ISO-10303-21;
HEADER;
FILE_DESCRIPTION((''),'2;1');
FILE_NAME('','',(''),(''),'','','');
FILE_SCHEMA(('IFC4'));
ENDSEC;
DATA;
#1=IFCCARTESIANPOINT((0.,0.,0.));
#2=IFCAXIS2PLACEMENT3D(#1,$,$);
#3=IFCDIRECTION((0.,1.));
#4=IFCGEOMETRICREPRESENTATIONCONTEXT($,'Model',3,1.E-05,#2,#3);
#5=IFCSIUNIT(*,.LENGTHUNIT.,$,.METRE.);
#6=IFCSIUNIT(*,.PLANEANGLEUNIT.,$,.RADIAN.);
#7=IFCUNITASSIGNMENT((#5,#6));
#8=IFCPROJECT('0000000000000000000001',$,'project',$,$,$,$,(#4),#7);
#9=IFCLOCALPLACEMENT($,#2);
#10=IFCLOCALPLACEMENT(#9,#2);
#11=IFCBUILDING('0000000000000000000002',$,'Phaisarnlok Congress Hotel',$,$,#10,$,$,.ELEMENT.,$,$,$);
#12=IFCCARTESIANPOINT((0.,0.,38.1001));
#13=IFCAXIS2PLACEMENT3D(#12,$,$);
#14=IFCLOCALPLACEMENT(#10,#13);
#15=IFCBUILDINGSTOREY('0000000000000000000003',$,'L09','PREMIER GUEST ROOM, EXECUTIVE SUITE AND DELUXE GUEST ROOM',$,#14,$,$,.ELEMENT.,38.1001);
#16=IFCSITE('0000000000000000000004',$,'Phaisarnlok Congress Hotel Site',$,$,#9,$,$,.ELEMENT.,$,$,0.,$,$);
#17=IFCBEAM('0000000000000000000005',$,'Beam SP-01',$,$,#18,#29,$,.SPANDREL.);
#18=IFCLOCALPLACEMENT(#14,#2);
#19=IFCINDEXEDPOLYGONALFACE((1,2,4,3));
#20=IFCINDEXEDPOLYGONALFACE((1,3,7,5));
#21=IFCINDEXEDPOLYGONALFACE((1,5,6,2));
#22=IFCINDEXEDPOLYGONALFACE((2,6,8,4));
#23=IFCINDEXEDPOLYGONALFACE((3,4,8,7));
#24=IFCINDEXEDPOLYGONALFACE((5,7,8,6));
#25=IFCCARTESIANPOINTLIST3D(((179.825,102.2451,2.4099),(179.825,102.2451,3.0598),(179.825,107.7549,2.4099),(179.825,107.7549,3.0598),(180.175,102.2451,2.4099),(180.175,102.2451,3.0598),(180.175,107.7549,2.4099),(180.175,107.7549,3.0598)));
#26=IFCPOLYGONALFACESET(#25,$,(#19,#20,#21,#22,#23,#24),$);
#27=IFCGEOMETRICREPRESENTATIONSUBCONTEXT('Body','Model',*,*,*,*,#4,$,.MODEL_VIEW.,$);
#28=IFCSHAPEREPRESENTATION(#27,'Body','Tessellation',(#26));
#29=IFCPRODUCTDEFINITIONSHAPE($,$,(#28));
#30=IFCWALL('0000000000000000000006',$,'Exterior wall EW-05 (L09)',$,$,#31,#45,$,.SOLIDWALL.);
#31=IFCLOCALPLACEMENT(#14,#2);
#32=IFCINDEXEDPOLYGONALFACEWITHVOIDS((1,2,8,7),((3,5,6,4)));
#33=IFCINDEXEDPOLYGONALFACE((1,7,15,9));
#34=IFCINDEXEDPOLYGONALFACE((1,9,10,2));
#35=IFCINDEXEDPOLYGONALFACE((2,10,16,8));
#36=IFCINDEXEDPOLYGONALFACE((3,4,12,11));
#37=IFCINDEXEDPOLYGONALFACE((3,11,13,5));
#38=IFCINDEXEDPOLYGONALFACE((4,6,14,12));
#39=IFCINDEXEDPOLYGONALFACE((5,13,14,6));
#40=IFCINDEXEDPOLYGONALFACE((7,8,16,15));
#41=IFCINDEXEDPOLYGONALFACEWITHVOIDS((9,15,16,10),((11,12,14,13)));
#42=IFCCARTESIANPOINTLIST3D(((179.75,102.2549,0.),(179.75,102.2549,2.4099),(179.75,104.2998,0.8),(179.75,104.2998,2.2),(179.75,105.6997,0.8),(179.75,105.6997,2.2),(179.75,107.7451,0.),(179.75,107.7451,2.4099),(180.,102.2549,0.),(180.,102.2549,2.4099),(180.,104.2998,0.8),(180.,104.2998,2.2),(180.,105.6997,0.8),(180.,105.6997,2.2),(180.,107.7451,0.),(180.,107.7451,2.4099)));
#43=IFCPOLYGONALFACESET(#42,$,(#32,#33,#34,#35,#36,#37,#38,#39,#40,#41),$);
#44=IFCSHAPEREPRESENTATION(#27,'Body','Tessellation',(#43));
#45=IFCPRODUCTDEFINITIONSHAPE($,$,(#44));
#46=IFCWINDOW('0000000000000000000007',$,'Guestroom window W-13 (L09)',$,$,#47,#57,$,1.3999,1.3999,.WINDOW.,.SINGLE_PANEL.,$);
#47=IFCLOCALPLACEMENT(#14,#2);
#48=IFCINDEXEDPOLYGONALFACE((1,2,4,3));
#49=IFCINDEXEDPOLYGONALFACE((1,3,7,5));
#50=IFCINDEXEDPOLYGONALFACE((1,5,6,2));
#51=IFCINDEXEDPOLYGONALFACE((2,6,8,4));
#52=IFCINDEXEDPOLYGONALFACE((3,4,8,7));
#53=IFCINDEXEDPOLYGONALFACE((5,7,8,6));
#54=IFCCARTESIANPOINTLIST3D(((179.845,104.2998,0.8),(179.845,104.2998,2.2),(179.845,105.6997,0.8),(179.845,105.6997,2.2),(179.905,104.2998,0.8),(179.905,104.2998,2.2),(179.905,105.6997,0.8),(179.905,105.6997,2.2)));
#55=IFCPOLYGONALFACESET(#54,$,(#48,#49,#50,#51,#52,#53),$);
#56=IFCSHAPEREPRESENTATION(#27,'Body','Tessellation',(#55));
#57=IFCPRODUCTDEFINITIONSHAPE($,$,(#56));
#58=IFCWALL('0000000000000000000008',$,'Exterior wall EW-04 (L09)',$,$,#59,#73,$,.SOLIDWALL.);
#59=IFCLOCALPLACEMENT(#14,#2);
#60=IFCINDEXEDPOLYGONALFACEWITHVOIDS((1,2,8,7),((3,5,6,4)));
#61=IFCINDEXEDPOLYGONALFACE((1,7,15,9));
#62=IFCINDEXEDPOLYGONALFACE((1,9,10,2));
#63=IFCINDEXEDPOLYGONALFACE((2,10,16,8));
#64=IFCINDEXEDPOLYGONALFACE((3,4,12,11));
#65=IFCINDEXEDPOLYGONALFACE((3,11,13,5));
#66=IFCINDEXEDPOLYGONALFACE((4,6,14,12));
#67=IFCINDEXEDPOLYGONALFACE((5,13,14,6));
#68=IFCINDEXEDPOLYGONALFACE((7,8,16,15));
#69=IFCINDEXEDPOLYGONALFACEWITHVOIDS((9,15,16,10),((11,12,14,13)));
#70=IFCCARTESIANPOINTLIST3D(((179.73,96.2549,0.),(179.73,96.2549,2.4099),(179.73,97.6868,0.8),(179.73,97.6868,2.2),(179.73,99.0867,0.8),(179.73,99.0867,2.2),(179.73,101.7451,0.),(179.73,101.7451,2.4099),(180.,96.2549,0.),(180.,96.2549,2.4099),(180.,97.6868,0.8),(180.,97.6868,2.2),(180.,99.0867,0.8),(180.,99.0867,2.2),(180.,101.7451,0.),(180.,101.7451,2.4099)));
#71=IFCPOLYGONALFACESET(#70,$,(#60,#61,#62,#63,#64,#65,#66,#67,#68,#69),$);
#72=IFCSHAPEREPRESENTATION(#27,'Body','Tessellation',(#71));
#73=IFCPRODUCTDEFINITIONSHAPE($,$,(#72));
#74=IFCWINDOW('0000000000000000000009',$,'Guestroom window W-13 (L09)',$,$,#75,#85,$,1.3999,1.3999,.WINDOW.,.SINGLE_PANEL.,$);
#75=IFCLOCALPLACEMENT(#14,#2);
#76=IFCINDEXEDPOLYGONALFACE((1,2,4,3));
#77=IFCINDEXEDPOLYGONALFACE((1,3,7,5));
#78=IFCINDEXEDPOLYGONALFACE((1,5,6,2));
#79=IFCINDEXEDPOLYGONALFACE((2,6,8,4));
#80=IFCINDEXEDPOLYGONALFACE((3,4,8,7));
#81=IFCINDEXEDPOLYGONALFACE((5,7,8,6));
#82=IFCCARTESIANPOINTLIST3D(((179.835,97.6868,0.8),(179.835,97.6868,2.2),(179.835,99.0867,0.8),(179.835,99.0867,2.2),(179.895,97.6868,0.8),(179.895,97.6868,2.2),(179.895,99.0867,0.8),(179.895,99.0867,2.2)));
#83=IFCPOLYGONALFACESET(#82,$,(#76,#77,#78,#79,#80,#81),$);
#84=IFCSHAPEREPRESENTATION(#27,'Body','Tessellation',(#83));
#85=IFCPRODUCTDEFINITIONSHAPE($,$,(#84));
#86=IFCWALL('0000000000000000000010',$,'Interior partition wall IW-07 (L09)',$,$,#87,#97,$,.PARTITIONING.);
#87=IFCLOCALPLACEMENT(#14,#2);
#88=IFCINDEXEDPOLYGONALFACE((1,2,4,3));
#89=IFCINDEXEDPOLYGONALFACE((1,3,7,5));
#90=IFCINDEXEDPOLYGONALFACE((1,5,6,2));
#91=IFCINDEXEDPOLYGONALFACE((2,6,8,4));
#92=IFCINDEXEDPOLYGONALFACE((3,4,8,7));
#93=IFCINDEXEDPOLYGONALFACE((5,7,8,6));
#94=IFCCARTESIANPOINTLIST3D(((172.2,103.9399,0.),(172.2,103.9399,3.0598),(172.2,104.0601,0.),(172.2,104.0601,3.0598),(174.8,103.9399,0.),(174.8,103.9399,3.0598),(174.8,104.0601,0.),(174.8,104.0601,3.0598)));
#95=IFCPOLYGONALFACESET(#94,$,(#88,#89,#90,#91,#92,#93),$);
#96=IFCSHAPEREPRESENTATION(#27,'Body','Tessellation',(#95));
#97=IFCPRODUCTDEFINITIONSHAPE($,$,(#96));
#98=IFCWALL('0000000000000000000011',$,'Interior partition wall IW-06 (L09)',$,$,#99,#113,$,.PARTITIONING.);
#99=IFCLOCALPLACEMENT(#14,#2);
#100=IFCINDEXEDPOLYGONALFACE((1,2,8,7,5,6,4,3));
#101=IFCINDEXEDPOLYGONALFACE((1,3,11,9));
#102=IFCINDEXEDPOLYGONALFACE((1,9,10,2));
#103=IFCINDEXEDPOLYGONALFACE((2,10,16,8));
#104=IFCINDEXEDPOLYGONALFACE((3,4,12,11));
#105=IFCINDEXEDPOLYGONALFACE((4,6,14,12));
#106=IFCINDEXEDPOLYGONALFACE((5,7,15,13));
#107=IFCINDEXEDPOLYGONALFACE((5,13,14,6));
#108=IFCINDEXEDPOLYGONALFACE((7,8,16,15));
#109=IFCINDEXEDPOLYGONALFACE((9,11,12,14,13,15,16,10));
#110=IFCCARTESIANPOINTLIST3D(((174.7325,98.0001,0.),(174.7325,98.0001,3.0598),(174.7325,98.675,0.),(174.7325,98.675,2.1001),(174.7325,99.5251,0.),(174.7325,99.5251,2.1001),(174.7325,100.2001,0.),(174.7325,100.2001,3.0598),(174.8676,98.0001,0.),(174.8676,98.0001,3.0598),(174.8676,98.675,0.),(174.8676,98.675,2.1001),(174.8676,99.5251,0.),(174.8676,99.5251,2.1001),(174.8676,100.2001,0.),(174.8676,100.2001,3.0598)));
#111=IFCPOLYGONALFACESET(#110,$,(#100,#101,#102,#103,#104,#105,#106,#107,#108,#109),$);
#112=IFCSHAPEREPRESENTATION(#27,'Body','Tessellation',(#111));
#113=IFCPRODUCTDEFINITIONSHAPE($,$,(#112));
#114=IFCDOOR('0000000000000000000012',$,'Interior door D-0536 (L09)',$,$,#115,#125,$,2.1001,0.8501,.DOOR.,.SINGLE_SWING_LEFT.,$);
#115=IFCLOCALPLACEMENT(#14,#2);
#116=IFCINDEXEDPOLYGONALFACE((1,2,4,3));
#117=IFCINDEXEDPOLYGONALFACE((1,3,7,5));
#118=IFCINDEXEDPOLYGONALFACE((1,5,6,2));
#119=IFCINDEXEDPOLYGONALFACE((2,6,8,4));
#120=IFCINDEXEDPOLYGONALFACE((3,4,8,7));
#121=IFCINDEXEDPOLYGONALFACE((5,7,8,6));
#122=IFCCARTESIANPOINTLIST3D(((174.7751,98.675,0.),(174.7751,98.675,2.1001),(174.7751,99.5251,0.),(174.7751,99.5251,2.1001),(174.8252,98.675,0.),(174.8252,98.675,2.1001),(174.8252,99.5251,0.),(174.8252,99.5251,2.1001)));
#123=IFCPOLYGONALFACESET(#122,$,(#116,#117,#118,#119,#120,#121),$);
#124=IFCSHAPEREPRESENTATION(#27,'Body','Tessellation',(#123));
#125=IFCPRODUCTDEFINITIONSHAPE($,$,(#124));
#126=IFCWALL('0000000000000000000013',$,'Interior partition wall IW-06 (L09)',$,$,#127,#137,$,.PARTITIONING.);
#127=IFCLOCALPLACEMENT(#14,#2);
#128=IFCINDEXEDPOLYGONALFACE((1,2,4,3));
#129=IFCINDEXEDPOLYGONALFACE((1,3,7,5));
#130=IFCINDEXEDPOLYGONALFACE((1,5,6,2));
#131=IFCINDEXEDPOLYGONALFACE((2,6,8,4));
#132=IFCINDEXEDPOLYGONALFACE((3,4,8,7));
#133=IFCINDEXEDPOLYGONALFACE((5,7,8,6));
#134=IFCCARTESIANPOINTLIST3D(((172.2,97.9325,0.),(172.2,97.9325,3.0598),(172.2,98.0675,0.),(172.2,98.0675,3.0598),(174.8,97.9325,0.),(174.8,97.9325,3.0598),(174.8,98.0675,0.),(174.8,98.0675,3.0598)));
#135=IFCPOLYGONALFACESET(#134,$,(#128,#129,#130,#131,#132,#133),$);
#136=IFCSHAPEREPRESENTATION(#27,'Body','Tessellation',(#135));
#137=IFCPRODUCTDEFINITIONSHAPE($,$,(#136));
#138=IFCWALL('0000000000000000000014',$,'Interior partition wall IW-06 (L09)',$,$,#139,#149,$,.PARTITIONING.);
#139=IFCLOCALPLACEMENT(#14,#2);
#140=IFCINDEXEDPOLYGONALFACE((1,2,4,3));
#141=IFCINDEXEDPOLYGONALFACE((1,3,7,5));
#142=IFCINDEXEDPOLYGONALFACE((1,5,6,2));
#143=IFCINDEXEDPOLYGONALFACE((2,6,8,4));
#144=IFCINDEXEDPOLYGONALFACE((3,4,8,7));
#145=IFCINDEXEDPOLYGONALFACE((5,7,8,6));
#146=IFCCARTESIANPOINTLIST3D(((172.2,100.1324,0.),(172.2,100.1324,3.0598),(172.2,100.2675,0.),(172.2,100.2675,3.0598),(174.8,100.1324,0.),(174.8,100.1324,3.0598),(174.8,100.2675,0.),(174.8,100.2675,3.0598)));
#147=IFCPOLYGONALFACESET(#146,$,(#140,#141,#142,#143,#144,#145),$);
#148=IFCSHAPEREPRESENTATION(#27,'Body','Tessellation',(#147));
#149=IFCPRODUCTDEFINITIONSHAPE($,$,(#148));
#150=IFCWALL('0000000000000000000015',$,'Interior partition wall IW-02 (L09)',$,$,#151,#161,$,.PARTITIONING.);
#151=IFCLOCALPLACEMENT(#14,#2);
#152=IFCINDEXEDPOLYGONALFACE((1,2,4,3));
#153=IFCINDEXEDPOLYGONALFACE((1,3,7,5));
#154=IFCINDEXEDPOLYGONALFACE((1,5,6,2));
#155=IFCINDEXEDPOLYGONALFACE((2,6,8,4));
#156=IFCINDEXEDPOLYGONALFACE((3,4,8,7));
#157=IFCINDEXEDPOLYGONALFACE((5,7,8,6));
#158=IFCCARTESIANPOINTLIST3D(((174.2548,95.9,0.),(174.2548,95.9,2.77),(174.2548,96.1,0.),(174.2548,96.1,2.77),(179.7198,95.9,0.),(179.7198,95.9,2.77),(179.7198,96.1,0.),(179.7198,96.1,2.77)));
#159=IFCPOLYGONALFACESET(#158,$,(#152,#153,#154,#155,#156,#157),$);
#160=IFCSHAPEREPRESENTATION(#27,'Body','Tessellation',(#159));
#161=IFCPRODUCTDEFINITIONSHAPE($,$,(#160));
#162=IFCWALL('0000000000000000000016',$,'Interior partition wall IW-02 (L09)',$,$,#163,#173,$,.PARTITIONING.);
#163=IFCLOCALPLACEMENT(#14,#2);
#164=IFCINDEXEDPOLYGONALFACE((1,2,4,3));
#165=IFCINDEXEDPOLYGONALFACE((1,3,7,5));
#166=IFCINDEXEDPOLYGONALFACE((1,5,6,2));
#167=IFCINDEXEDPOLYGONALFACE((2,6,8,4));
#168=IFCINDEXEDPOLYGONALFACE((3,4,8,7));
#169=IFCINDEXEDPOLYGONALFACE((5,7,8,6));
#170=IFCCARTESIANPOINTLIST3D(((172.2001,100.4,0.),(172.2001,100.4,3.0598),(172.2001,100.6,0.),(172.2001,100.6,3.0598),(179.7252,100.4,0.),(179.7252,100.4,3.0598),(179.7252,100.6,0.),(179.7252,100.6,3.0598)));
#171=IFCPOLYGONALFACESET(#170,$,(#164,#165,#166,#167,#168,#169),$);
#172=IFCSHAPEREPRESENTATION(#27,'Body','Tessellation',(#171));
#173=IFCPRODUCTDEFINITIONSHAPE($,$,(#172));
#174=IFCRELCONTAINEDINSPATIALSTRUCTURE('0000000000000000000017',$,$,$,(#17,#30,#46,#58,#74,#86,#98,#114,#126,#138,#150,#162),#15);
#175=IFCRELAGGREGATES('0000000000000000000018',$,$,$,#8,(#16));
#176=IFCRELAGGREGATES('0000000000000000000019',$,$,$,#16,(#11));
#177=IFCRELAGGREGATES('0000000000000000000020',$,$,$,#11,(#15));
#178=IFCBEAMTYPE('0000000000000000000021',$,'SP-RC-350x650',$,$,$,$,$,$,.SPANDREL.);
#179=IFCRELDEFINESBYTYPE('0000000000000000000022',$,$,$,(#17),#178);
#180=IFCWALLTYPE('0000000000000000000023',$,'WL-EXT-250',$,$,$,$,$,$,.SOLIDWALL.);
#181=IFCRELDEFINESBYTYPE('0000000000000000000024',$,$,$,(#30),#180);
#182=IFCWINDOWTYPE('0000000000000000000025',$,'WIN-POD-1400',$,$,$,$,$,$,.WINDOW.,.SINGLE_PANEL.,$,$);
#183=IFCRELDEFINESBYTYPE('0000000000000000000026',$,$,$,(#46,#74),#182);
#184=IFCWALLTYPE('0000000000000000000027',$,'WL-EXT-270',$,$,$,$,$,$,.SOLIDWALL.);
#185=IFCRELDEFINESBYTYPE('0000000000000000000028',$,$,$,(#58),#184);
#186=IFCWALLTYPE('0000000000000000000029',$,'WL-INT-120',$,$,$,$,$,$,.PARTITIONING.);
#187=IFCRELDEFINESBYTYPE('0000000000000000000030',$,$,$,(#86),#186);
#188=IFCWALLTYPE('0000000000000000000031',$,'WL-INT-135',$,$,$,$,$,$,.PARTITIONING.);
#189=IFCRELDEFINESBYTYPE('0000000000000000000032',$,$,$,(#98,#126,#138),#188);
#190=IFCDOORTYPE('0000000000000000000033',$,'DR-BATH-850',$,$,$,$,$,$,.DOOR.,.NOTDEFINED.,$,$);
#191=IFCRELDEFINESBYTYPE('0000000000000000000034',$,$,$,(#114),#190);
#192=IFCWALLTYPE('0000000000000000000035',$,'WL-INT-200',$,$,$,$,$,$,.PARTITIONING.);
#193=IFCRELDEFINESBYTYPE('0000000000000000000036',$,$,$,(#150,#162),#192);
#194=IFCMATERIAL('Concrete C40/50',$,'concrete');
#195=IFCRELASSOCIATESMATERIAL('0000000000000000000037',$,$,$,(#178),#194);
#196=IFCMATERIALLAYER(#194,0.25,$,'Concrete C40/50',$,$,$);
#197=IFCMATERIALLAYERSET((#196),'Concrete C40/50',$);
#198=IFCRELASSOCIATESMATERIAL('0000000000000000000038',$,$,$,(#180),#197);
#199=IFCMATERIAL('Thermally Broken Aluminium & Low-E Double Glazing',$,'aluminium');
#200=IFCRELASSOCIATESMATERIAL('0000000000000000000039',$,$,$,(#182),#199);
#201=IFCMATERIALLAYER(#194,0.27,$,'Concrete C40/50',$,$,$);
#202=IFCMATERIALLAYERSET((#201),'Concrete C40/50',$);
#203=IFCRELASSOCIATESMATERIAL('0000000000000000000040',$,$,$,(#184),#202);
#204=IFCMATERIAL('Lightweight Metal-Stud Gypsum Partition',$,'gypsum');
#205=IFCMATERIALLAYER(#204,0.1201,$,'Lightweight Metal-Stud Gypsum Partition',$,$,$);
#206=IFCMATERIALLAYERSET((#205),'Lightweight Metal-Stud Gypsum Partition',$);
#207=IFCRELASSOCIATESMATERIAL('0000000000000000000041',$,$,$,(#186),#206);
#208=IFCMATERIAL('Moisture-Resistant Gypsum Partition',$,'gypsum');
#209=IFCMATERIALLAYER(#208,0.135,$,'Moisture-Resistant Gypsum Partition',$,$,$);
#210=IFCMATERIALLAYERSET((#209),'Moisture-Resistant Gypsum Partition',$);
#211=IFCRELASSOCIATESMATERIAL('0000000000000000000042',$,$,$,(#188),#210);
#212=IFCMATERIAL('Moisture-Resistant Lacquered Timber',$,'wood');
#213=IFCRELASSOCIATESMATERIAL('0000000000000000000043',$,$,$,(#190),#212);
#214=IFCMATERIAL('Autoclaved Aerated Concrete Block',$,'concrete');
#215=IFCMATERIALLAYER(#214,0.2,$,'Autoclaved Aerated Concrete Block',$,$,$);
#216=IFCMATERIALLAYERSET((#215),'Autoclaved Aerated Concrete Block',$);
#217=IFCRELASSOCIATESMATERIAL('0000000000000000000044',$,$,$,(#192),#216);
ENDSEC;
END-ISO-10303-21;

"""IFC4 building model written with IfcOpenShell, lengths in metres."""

from ifc_helpers import new_model, si_unit, direction, frame, frame_2d, origin, origin_2d, place, context, subcontext, project, spatial, rectangle, extrude, material, layer, layer_set, material_profile, profile_set, type_object, element, fill, save


model = new_model("IFC4")

# Units and contexts
model_context = context("Model", 3, precision=1e-05, world=origin(), true_north=direction((0.0, 1.0)))
body_context = subcontext(model_context, "Body", "Model", "MODEL_VIEW")
ifc_project = project(units=[si_unit("LENGTHUNIT", "METRE"), si_unit("PLANEANGLEUNIT", "RADIAN")], contexts=[model_context])

# Site, building, storey
site_placement = place(None, origin())
site = spatial("IfcSite", under=ifc_project, at=site_placement, Name="Phaisarnlok Congress Hotel Site", CompositionType="ELEMENT", RefElevation=0.0)
building_placement = place(site_placement, origin())
building = spatial("IfcBuilding", under=site, at=building_placement, Name="Phaisarnlok Congress Hotel", CompositionType="ELEMENT")
storey_placement = place(building_placement, frame((0.0, 0.0, 38.1001)))
storey = spatial("IfcBuildingStorey", under=building, at=storey_placement, Name="L09", Description="PREMIER GUEST ROOM, EXECUTIVE SUITE AND DELUXE GUEST ROOM", CompositionType="ELEMENT", Elevation=38.1001)

# Beam
ifc_material_1 = material(Name="Concrete C40/50", Category="concrete")
ifc_material_profile_1 = material_profile(ifc_material_1, rectangle(XDim=0.3501, YDim=0.6499, at=origin_2d()), Name="RC 350x650")
ifc_profile_set_1 = profile_set([ifc_material_profile_1], Name="Concrete C40/50")
beam_type_1 = type_object("IfcBeamType", Name="SP-RC-350x650", PredefinedType="SPANDREL", material=ifc_profile_set_1)
for number, where, z_axis, x_axis, name in (
    (1, (180.0, 102.2451, 2.7349), (0.0, 1.0, 0.0), (-1.0, 0.0, 0.0), "Beam SP-01"),
):
    element("IfcBeam", number, at=place(storey_placement, frame(where, z_axis=z_axis, x_axis=x_axis)), inside=storey, type_object=beam_type_1, Name=name, PredefinedType="SPANDREL", context=body_context, shape_type="SweptSolid", body=[
        extrude(rectangle(XDim=0.3501, YDim=0.6499, at=origin_2d()), origin(), (0.0, 0.0, 1.0), 5.5098),
    ])

# Walls, openings, windows
ifc_layer_1 = layer(ifc_material_1, 0.25, Name="Concrete C40/50")
ifc_layer_set_1 = layer_set([ifc_layer_1], Name="Concrete C40/50")
wall_type_1 = type_object("IfcWallType", Name="WL-EXT-250", PredefinedType="SOLIDWALL", material=ifc_layer_set_1)
wall_1_placement = place(storey_placement, frame((179.875, 102.2549, 0.0), z_axis=(0.0, 0.0, 1.0), x_axis=(0.0, 1.0, 0.0)))
wall_1 = element("IfcWall", 2, at=wall_1_placement, inside=storey, type_object=wall_type_1, Name="Exterior wall EW-05 (L09)", PredefinedType="SOLIDWALL", context=body_context, shape_type="SweptSolid", body=[
    extrude(rectangle(XDim=5.4902, YDim=0.25, at=frame_2d((2.7451, 0.0))), origin(), (0.0, 0.0, 1.0), 2.4099),
])
opening_1_placement = place(wall_1_placement, frame((2.0449, 0.0, 0.8)))
opening_1 = element("IfcOpeningElement", 3, at=opening_1_placement, cuts=wall_1, PredefinedType="OPENING", context=body_context, shape_type="SweptSolid", body=[
    extrude(rectangle(XDim=1.3999, YDim=1.3999, at=frame_2d((0.7, 0.7))), frame((0.0, 0.135, 0.0), z_axis=(0.0, -1.0, 0.0), x_axis=(1.0, 0.0, 0.0)), (0.0, 0.0, 1.0), 0.27),
])
ifc_material_2 = material(Name="Thermally Broken Aluminium & Low-E Double Glazing", Category="aluminium")
window_type = type_object("IfcWindowType", Name="WIN-POD-1400", PartitioningType="SINGLE_PANEL", PredefinedType="WINDOW", material=ifc_material_2)
window_1_placement = place(opening_1_placement, origin())
window_1 = element("IfcWindow", 4, at=window_1_placement, inside=storey, type_object=window_type, Name="Guestroom window W-13 (L09)", OverallHeight=1.3999, OverallWidth=1.3999, PartitioningType="SINGLE_PANEL", PredefinedType="WINDOW", context=body_context, shape_type="SweptSolid", body=[
    extrude(rectangle(XDim=1.3999, YDim=1.3999, at=frame_2d((0.7, 0.7))), frame((0.0, 0.03, 0.0), z_axis=(0.0, -1.0, 0.0), x_axis=(1.0, 0.0, 0.0)), (0.0, 0.0, 1.0), 0.0601),
])
fill(opening_1, window_1)
ifc_layer_2 = layer(ifc_material_1, 0.27, Name="Concrete C40/50")
ifc_layer_set_2 = layer_set([ifc_layer_2], Name="Concrete C40/50")
wall_type_2 = type_object("IfcWallType", Name="WL-EXT-270", PredefinedType="SOLIDWALL", material=ifc_layer_set_2)
wall_2_placement = place(storey_placement, frame((179.865, 96.2549, 0.0), z_axis=(0.0, 0.0, 1.0), x_axis=(0.0, 1.0, 0.0)))
wall_2 = element("IfcWall", 5, at=wall_2_placement, inside=storey, type_object=wall_type_2, Name="Exterior wall EW-04 (L09)", PredefinedType="SOLIDWALL", context=body_context, shape_type="SweptSolid", body=[
    extrude(rectangle(XDim=5.4902, YDim=0.27, at=frame_2d((2.7451, 0.0))), origin(), (0.0, 0.0, 1.0), 2.4099),
])
opening_2_placement = place(wall_2_placement, frame((1.4319, 0.0, 0.8)))
opening_2 = element("IfcOpeningElement", 6, at=opening_2_placement, cuts=wall_2, PredefinedType="OPENING", context=body_context, shape_type="SweptSolid", body=[
    extrude(rectangle(XDim=1.3999, YDim=1.3999, at=frame_2d((0.7, 0.7))), frame((0.0, 0.145, 0.0), z_axis=(0.0, -1.0, 0.0), x_axis=(1.0, 0.0, 0.0)), (0.0, 0.0, 1.0), 0.29),
])
window_2_placement = place(opening_2_placement, origin())
window_2 = element("IfcWindow", 7, at=window_2_placement, inside=storey, type_object=window_type, Name="Guestroom window W-13 (L09)", OverallHeight=1.3999, OverallWidth=1.3999, PartitioningType="SINGLE_PANEL", PredefinedType="WINDOW", context=body_context, shape_type="SweptSolid", body=[
    extrude(rectangle(XDim=1.3999, YDim=1.3999, at=frame_2d((0.7, 0.7))), frame((0.0, 0.03, 0.0), z_axis=(0.0, -1.0, 0.0), x_axis=(1.0, 0.0, 0.0)), (0.0, 0.0, 1.0), 0.0601),
])
fill(opening_2, window_2)

# Wall
ifc_material_3 = material(Name="Lightweight Metal-Stud Gypsum Partition", Category="gypsum")
ifc_layer_3 = layer(ifc_material_3, 0.1201, Name="Lightweight Metal-Stud Gypsum Partition")
ifc_layer_set_3 = layer_set([ifc_layer_3], Name="Lightweight Metal-Stud Gypsum Partition")
wall_type_3 = type_object("IfcWallType", Name="WL-INT-120", PredefinedType="PARTITIONING", material=ifc_layer_set_3)
wall_3_placement = place(storey_placement, frame((172.2, 104.0, 0.0), z_axis=(0.0, 0.0, 1.0), x_axis=(1.0, 0.0, 0.0)))
element("IfcWall", 8, at=wall_3_placement, inside=storey, type_object=wall_type_3, Name="Interior partition wall IW-07 (L09)", PredefinedType="PARTITIONING", context=body_context, shape_type="SweptSolid", body=[
    extrude(rectangle(XDim=2.6001, YDim=0.1201, at=frame_2d((1.3, 0.0))), origin(), (0.0, 0.0, 1.0), 3.0598),
])

# Wall, opening, door
ifc_material_4 = material(Name="Moisture-Resistant Gypsum Partition", Category="gypsum")
ifc_layer_4 = layer(ifc_material_4, 0.135, Name="Moisture-Resistant Gypsum Partition")
ifc_layer_set_4 = layer_set([ifc_layer_4], Name="Moisture-Resistant Gypsum Partition")
wall_type_4 = type_object("IfcWallType", Name="WL-INT-135", PredefinedType="PARTITIONING", material=ifc_layer_set_4)
wall_4_placement = place(storey_placement, frame((174.8, 98.0, 0.0), z_axis=(0.0, 0.0, 1.0), x_axis=(0.0, 1.0, 0.0)))
wall_4 = element("IfcWall", 9, at=wall_4_placement, inside=storey, type_object=wall_type_4, Name="Interior partition wall IW-06 (L09)", PredefinedType="PARTITIONING", context=body_context, shape_type="SweptSolid", body=[
    extrude(rectangle(XDim=2.2, YDim=0.135, at=frame_2d((1.1001, 0.0))), origin(), (0.0, 0.0, 1.0), 3.0598),
])
opening_3_placement = place(wall_4_placement, frame((0.675, 0.0, 0.0)))
opening_3 = element("IfcOpeningElement", 10, at=opening_3_placement, cuts=wall_4, PredefinedType="OPENING", context=body_context, shape_type="SweptSolid", body=[
    extrude(rectangle(XDim=0.8501, YDim=2.1001, at=frame_2d((0.425, 1.05))), frame((0.0, 0.0776, 0.0), z_axis=(0.0, -1.0, 0.0), x_axis=(1.0, 0.0, 0.0)), (0.0, 0.0, 1.0), 0.155),
])
ifc_material_5 = material(Name="Moisture-Resistant Lacquered Timber", Category="wood")
door_type = type_object("IfcDoorType", Name="DR-BATH-850", OperationType="NOTDEFINED", PredefinedType="DOOR", material=ifc_material_5)
door_placement = place(opening_3_placement, origin())
door = element("IfcDoor", 11, at=door_placement, inside=storey, type_object=door_type, Name="Interior door D-0536 (L09)", OperationType="SINGLE_SWING_LEFT", OverallHeight=2.1001, OverallWidth=0.8501, PredefinedType="DOOR", context=body_context, shape_type="SweptSolid", body=[
    extrude(rectangle(XDim=0.8501, YDim=2.1001, at=frame_2d((0.425, 1.05))), frame((0.0, 0.0249, 0.0), z_axis=(0.0, -1.0, 0.0), x_axis=(1.0, 0.0, 0.0)), (0.0, 0.0, 1.0), 0.05),
])
fill(opening_3, door)

# Walls
for number, where, z_axis, x_axis, name in (
    (12, (172.2, 98.0, 0.0), (0.0, 0.0, 1.0), (1.0, 0.0, 0.0), "Interior partition wall IW-06 (L09)"),
    (13, (172.2, 100.2, 0.0), (0.0, 0.0, 1.0), (1.0, 0.0, 0.0), "Interior partition wall IW-06 (L09)"),
):
    element("IfcWall", number, at=place(storey_placement, frame(where, z_axis=z_axis, x_axis=x_axis)), inside=storey, type_object=wall_type_4, Name=name, PredefinedType="PARTITIONING", context=body_context, shape_type="SweptSolid", body=[
        extrude(rectangle(XDim=2.6001, YDim=0.135, at=frame_2d((1.3, 0.0))), origin(), (0.0, 0.0, 1.0), 3.0598),
    ])
ifc_material_6 = material(Name="Autoclaved Aerated Concrete Block", Category="concrete")
ifc_layer_5 = layer(ifc_material_6, 0.2, Name="Autoclaved Aerated Concrete Block")
ifc_layer_set_5 = layer_set([ifc_layer_5], Name="Autoclaved Aerated Concrete Block")
wall_type_5 = type_object("IfcWallType", Name="WL-INT-200", PredefinedType="PARTITIONING", material=ifc_layer_set_5)
wall_5_placement = place(storey_placement, frame((174.2549, 96.0, 0.0), z_axis=(0.0, 0.0, 1.0), x_axis=(1.0, 0.0, 0.0)))
element("IfcWall", 14, at=wall_5_placement, inside=storey, type_object=wall_type_5, Name="Interior partition wall IW-02 (L09)", PredefinedType="PARTITIONING", context=body_context, shape_type="SweptSolid", body=[
    extrude(rectangle(XDim=5.4651, YDim=0.2, at=frame_2d((2.7324, 0.0))), origin(), (0.0, 0.0, 1.0), 2.77),
])
wall_6_placement = place(storey_placement, frame((172.2, 100.5, 0.0), z_axis=(0.0, 0.0, 1.0), x_axis=(1.0, 0.0, 0.0)))
element("IfcWall", 15, at=wall_6_placement, inside=storey, type_object=wall_type_5, Name="Interior partition wall IW-02 (L09)", PredefinedType="PARTITIONING", context=body_context, shape_type="SweptSolid", body=[
    extrude(rectangle(XDim=7.5251, YDim=0.2, at=frame_2d((3.7627, 0.0))), origin(), (0.0, 0.0, 1.0), 3.0598),
])

save(model, "model.ifc")
